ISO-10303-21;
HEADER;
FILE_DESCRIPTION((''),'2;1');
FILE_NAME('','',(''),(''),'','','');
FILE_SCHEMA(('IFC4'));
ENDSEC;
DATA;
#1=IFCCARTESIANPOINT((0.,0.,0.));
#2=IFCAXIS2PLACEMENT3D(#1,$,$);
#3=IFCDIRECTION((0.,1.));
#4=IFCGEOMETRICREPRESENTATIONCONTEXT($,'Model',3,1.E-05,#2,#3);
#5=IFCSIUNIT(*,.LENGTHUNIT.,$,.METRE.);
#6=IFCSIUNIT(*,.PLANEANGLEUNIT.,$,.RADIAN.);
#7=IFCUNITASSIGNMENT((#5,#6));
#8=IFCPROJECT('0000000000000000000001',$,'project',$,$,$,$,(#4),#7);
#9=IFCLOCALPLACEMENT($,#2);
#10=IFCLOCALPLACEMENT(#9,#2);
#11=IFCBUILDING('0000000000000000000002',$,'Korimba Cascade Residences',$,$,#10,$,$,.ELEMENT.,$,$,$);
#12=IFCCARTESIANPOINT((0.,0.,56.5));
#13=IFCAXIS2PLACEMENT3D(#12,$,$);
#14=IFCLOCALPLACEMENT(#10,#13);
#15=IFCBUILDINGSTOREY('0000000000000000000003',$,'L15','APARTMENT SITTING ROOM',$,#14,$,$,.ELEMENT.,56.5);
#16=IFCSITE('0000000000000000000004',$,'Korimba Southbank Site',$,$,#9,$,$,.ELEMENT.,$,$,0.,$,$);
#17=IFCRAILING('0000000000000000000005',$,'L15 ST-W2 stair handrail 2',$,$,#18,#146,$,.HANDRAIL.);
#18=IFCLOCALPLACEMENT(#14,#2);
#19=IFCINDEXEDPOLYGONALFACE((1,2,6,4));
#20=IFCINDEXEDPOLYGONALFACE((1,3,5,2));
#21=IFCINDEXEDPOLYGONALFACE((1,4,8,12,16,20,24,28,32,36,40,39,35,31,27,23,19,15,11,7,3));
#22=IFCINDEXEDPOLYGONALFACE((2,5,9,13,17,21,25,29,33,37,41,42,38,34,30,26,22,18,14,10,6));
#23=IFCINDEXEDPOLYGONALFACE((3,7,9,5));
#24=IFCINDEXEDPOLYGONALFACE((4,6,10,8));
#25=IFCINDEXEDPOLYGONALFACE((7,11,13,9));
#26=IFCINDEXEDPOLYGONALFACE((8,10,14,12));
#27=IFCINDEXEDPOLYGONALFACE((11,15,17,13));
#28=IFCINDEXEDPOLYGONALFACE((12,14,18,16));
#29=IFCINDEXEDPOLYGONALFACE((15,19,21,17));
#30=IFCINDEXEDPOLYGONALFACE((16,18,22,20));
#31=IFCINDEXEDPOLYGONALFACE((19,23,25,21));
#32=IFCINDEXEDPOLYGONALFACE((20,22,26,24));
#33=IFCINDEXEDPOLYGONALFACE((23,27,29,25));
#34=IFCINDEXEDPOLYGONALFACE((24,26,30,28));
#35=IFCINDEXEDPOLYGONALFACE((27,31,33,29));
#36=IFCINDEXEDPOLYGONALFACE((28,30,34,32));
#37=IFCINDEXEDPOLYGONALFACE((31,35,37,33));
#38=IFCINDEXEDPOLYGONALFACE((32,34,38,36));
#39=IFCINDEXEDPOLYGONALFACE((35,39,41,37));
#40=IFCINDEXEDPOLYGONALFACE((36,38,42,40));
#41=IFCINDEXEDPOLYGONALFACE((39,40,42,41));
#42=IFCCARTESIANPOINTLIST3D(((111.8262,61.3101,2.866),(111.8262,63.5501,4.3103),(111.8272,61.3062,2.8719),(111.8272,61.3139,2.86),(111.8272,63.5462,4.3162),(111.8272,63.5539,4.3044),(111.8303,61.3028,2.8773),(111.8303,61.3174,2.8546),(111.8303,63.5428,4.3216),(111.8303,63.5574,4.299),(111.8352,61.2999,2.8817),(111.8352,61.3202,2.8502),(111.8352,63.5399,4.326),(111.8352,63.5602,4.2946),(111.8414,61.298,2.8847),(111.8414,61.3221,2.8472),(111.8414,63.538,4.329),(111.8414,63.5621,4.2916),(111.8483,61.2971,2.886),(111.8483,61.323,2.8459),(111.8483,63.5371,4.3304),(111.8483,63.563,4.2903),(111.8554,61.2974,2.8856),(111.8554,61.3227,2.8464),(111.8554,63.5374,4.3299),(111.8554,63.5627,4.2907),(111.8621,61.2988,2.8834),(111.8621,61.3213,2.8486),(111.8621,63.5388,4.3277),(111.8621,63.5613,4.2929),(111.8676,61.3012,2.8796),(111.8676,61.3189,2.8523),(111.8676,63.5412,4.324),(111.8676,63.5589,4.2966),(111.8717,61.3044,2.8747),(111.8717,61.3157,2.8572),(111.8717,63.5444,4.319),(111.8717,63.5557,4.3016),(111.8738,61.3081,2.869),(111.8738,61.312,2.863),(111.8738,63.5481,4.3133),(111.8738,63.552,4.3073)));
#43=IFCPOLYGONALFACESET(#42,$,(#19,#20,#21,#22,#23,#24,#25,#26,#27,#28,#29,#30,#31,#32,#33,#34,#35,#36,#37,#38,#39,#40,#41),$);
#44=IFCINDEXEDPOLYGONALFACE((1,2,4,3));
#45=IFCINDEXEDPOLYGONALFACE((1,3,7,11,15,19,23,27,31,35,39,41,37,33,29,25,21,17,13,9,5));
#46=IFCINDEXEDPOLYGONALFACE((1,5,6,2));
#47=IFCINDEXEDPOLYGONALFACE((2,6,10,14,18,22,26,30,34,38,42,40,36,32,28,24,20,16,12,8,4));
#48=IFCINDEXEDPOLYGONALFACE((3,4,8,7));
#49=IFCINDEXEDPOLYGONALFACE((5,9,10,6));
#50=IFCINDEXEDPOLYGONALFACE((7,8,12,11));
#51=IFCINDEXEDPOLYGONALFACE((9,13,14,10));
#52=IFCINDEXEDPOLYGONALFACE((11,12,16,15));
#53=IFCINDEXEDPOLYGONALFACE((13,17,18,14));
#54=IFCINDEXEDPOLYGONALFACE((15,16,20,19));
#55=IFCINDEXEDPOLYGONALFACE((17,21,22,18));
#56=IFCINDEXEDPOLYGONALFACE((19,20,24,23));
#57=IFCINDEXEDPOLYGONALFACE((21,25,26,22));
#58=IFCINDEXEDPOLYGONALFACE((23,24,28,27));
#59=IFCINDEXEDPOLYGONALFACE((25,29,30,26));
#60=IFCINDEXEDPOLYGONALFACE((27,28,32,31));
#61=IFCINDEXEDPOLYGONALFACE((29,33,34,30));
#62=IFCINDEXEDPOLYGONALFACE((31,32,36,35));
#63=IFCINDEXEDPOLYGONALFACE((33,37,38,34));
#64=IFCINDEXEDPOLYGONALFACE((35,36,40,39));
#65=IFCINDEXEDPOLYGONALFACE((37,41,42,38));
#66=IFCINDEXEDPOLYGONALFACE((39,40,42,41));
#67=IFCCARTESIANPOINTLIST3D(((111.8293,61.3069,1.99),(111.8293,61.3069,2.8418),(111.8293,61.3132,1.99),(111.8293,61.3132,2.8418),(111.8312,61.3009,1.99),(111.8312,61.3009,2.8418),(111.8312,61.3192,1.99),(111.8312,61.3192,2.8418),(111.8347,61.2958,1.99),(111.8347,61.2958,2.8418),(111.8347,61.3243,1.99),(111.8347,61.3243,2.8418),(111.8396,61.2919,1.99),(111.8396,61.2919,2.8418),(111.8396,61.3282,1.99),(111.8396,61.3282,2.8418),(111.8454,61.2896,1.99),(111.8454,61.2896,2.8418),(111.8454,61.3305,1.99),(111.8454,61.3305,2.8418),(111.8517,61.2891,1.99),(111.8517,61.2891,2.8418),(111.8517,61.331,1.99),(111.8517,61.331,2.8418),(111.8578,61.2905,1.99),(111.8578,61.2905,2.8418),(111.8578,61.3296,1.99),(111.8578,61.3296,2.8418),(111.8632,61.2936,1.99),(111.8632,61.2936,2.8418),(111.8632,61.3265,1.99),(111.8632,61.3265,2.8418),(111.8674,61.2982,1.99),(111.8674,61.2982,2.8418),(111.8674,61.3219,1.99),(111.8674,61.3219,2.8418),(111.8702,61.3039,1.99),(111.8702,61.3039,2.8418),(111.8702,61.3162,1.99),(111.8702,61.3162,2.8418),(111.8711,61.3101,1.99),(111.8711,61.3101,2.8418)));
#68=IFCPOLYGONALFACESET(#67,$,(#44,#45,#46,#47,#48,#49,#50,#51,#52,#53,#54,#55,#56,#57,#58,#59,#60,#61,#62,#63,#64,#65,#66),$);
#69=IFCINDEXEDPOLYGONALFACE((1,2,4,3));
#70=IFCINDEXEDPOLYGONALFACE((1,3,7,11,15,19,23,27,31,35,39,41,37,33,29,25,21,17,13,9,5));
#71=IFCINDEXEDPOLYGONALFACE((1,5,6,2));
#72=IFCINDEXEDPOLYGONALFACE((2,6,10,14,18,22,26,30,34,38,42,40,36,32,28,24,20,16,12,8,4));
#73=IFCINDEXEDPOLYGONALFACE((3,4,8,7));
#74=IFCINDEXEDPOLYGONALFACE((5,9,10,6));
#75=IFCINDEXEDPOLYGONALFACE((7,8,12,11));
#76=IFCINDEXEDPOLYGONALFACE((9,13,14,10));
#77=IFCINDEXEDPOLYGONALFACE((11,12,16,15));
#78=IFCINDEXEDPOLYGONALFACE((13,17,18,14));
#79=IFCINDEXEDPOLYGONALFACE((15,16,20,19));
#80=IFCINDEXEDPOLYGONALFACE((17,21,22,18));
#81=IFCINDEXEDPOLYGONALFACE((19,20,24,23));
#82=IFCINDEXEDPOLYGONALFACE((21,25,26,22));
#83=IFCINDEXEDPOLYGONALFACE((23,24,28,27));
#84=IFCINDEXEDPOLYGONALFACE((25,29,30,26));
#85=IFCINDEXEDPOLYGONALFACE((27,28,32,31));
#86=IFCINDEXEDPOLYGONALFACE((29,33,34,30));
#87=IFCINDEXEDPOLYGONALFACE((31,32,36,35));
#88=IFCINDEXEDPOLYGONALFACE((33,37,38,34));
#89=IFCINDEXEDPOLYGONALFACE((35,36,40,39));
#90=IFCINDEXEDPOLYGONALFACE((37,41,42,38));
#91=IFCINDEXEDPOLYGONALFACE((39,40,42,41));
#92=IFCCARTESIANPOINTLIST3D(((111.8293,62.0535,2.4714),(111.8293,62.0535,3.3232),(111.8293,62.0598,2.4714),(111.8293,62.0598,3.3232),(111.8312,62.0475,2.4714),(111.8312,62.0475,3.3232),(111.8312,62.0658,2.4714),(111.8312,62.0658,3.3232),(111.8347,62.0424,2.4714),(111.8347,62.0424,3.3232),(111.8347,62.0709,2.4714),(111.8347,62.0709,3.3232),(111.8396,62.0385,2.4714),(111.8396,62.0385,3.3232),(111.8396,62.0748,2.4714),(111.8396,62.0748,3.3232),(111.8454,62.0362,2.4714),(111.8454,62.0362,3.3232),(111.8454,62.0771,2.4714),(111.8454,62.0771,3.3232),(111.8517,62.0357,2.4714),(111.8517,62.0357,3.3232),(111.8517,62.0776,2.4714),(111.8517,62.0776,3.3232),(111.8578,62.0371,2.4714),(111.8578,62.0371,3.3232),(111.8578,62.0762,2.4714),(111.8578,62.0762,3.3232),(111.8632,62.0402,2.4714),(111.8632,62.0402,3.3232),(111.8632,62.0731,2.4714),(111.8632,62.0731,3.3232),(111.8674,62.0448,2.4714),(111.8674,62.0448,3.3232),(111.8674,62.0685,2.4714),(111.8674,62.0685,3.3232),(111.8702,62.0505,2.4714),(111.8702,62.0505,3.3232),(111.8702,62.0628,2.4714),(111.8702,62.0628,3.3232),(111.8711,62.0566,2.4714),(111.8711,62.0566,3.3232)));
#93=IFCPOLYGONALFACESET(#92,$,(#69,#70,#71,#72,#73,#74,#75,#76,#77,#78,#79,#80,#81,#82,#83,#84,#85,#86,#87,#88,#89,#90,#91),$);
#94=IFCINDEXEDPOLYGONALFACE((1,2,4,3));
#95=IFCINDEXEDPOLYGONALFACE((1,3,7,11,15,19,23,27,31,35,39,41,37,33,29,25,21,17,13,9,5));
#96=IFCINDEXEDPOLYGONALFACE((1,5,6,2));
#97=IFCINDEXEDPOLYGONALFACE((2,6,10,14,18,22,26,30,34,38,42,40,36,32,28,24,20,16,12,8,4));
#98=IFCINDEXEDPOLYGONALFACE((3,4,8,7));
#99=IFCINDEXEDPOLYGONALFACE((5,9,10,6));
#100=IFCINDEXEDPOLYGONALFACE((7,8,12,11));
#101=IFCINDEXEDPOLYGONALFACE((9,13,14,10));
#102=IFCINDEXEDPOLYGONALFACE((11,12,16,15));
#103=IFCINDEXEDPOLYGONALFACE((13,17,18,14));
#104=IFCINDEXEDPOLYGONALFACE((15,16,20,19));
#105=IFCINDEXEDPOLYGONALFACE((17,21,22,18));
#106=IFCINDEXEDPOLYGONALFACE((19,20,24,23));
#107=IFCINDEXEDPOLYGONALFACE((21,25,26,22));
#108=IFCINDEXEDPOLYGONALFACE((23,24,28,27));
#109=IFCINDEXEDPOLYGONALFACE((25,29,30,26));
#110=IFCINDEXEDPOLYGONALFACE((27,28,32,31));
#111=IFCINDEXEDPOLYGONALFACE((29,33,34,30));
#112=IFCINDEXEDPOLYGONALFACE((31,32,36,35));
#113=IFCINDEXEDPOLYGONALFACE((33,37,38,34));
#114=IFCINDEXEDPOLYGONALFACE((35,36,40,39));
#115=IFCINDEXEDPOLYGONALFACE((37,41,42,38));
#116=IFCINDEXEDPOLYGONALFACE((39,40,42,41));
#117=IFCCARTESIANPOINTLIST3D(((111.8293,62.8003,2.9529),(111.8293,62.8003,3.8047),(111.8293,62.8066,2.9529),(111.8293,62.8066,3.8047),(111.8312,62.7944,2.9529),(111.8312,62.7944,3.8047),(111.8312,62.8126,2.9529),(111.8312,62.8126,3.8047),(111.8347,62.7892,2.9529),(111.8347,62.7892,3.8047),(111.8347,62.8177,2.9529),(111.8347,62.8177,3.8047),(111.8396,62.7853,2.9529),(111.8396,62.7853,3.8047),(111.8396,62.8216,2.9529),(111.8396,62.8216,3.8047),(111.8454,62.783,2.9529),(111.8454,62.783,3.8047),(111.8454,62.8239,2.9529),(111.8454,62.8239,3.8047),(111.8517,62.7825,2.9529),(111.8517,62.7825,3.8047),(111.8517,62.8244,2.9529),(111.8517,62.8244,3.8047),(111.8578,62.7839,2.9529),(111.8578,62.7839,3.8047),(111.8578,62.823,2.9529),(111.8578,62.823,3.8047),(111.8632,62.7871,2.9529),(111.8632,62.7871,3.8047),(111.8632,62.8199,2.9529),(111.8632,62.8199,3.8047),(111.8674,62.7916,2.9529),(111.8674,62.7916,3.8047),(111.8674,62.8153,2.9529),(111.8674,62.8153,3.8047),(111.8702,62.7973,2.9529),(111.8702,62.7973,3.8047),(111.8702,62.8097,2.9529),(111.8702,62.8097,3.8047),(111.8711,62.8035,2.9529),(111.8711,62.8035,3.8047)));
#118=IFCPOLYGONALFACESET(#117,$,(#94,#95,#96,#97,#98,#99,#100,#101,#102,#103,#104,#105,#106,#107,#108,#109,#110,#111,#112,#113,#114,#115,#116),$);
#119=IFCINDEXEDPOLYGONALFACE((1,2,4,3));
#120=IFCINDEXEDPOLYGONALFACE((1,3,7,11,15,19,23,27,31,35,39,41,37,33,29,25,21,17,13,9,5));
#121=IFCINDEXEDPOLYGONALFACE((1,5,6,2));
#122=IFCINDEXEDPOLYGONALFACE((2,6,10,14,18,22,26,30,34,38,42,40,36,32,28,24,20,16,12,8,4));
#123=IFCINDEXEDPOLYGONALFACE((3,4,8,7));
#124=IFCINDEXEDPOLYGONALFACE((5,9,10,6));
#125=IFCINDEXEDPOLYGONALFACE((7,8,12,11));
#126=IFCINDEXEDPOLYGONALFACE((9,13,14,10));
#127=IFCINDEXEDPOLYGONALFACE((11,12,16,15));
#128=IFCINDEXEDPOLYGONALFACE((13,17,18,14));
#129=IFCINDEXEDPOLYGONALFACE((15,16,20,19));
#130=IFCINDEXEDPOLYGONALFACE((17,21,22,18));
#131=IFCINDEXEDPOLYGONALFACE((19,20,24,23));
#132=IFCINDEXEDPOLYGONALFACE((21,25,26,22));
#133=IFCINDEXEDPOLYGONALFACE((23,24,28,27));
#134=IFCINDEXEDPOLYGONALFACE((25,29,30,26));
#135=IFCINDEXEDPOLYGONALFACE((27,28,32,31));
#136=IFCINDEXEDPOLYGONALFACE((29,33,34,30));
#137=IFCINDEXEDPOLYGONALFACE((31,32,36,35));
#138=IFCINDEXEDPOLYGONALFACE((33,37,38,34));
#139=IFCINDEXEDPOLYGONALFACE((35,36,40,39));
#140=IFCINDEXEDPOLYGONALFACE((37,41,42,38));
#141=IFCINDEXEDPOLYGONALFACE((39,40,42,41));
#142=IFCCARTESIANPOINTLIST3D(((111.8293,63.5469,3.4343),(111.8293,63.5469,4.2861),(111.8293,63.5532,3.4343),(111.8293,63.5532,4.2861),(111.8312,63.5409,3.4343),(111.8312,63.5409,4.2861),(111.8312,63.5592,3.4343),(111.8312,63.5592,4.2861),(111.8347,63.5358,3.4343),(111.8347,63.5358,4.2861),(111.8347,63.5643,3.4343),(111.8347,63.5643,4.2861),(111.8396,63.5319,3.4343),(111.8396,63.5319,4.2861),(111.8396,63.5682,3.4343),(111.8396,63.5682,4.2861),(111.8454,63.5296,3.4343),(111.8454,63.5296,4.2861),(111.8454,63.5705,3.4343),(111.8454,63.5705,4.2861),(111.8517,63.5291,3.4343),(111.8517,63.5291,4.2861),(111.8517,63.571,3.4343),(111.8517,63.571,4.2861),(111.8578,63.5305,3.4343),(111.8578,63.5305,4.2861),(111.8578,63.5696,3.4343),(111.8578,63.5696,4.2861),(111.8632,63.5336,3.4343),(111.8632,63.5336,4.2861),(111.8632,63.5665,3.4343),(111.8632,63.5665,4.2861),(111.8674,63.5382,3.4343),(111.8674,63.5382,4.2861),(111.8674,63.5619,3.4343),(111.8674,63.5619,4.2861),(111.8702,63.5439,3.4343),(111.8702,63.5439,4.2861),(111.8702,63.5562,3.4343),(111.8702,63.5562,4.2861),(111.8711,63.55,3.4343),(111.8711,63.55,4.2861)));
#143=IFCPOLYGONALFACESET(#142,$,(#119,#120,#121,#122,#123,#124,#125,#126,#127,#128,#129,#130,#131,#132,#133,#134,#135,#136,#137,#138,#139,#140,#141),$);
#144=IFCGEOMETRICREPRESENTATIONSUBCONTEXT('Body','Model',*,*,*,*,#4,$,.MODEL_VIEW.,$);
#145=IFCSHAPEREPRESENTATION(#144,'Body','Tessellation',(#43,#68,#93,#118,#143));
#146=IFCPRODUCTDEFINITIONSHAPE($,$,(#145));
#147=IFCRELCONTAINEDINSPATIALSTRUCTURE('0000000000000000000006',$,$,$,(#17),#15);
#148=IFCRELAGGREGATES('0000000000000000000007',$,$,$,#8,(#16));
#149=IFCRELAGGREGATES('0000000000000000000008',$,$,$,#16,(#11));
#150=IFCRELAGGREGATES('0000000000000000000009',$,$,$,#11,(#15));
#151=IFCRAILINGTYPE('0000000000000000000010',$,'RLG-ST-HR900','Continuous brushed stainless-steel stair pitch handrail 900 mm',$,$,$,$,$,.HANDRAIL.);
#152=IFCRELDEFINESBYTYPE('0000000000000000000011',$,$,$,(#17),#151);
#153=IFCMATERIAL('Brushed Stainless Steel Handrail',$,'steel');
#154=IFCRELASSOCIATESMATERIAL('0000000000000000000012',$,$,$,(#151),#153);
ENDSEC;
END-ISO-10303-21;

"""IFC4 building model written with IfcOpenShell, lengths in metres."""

from ifc_helpers import new_model, si_unit, direction, frame, origin, origin_2d, place, context, subcontext, project, spatial, circle, extrude, material, type_object, element, save


model = new_model("IFC4")

# Units and contexts
model_context = context("Model", 3, precision=1e-05, world=origin(), true_north=direction((0.0, 1.0)))
body_context = subcontext(model_context, "Body", "Model", "MODEL_VIEW")
ifc_project = project(units=[si_unit("LENGTHUNIT", "METRE"), si_unit("PLANEANGLEUNIT", "RADIAN")], contexts=[model_context])

# Site, building, storey
site_placement = place(None, origin())
site = spatial("IfcSite", under=ifc_project, at=site_placement, Name="Korimba Southbank Site", CompositionType="ELEMENT", RefElevation=0.0)
building_placement = place(site_placement, origin())
building = spatial("IfcBuilding", under=site, at=building_placement, Name="Korimba Cascade Residences", CompositionType="ELEMENT")
storey_placement = place(building_placement, frame((0.0, 0.0, 56.5)))
storey = spatial("IfcBuildingStorey", under=building, at=storey_placement, Name="L15", Description="APARTMENT SITTING ROOM", CompositionType="ELEMENT", Elevation=56.5)

# Railing
ifc_material_1 = material(Name="Brushed Stainless Steel Handrail", Category="steel")
railing_type_1 = type_object("IfcRailingType", Name="RLG-ST-HR900", Description="Continuous brushed stainless-steel stair pitch handrail 900 mm", PredefinedType="HANDRAIL", material=ifc_material_1)
railing_1_placement = place(storey_placement, frame((111.8501, 61.3101, 1.99)))
element("IfcRailing", 1, at=railing_1_placement, inside=storey, type_object=railing_type_1, Name="L15 ST-W2 stair handrail 2", PredefinedType="HANDRAIL", context=body_context, shape_type="SweptSolid", body=[
    extrude(circle(Radius=0.0239, at=origin_2d()), frame((0.0, 0.0, 0.876), z_axis=(0.0, 0.840437, 0.54191), x_axis=(-1.0, 0.0, 0.0)), (0.0, 0.0, 1.0), 2.6653),
    extrude(circle(Radius=0.021, at=origin_2d()), origin(), (0.0, 0.0, 1.0), 0.8518),
    extrude(circle(Radius=0.021, at=origin_2d()), frame((0.0, 0.7466, 0.4814)), (0.0, 0.0, 1.0), 0.8518),
    extrude(circle(Radius=0.021, at=origin_2d()), frame((0.0, 1.4934, 0.9629)), (0.0, 0.0, 1.0), 0.8518),
    extrude(circle(Radius=0.021, at=origin_2d()), frame((0.0, 2.24, 1.4443)), (0.0, 0.0, 1.0), 0.8518),
])

save(model, "model.ifc")
